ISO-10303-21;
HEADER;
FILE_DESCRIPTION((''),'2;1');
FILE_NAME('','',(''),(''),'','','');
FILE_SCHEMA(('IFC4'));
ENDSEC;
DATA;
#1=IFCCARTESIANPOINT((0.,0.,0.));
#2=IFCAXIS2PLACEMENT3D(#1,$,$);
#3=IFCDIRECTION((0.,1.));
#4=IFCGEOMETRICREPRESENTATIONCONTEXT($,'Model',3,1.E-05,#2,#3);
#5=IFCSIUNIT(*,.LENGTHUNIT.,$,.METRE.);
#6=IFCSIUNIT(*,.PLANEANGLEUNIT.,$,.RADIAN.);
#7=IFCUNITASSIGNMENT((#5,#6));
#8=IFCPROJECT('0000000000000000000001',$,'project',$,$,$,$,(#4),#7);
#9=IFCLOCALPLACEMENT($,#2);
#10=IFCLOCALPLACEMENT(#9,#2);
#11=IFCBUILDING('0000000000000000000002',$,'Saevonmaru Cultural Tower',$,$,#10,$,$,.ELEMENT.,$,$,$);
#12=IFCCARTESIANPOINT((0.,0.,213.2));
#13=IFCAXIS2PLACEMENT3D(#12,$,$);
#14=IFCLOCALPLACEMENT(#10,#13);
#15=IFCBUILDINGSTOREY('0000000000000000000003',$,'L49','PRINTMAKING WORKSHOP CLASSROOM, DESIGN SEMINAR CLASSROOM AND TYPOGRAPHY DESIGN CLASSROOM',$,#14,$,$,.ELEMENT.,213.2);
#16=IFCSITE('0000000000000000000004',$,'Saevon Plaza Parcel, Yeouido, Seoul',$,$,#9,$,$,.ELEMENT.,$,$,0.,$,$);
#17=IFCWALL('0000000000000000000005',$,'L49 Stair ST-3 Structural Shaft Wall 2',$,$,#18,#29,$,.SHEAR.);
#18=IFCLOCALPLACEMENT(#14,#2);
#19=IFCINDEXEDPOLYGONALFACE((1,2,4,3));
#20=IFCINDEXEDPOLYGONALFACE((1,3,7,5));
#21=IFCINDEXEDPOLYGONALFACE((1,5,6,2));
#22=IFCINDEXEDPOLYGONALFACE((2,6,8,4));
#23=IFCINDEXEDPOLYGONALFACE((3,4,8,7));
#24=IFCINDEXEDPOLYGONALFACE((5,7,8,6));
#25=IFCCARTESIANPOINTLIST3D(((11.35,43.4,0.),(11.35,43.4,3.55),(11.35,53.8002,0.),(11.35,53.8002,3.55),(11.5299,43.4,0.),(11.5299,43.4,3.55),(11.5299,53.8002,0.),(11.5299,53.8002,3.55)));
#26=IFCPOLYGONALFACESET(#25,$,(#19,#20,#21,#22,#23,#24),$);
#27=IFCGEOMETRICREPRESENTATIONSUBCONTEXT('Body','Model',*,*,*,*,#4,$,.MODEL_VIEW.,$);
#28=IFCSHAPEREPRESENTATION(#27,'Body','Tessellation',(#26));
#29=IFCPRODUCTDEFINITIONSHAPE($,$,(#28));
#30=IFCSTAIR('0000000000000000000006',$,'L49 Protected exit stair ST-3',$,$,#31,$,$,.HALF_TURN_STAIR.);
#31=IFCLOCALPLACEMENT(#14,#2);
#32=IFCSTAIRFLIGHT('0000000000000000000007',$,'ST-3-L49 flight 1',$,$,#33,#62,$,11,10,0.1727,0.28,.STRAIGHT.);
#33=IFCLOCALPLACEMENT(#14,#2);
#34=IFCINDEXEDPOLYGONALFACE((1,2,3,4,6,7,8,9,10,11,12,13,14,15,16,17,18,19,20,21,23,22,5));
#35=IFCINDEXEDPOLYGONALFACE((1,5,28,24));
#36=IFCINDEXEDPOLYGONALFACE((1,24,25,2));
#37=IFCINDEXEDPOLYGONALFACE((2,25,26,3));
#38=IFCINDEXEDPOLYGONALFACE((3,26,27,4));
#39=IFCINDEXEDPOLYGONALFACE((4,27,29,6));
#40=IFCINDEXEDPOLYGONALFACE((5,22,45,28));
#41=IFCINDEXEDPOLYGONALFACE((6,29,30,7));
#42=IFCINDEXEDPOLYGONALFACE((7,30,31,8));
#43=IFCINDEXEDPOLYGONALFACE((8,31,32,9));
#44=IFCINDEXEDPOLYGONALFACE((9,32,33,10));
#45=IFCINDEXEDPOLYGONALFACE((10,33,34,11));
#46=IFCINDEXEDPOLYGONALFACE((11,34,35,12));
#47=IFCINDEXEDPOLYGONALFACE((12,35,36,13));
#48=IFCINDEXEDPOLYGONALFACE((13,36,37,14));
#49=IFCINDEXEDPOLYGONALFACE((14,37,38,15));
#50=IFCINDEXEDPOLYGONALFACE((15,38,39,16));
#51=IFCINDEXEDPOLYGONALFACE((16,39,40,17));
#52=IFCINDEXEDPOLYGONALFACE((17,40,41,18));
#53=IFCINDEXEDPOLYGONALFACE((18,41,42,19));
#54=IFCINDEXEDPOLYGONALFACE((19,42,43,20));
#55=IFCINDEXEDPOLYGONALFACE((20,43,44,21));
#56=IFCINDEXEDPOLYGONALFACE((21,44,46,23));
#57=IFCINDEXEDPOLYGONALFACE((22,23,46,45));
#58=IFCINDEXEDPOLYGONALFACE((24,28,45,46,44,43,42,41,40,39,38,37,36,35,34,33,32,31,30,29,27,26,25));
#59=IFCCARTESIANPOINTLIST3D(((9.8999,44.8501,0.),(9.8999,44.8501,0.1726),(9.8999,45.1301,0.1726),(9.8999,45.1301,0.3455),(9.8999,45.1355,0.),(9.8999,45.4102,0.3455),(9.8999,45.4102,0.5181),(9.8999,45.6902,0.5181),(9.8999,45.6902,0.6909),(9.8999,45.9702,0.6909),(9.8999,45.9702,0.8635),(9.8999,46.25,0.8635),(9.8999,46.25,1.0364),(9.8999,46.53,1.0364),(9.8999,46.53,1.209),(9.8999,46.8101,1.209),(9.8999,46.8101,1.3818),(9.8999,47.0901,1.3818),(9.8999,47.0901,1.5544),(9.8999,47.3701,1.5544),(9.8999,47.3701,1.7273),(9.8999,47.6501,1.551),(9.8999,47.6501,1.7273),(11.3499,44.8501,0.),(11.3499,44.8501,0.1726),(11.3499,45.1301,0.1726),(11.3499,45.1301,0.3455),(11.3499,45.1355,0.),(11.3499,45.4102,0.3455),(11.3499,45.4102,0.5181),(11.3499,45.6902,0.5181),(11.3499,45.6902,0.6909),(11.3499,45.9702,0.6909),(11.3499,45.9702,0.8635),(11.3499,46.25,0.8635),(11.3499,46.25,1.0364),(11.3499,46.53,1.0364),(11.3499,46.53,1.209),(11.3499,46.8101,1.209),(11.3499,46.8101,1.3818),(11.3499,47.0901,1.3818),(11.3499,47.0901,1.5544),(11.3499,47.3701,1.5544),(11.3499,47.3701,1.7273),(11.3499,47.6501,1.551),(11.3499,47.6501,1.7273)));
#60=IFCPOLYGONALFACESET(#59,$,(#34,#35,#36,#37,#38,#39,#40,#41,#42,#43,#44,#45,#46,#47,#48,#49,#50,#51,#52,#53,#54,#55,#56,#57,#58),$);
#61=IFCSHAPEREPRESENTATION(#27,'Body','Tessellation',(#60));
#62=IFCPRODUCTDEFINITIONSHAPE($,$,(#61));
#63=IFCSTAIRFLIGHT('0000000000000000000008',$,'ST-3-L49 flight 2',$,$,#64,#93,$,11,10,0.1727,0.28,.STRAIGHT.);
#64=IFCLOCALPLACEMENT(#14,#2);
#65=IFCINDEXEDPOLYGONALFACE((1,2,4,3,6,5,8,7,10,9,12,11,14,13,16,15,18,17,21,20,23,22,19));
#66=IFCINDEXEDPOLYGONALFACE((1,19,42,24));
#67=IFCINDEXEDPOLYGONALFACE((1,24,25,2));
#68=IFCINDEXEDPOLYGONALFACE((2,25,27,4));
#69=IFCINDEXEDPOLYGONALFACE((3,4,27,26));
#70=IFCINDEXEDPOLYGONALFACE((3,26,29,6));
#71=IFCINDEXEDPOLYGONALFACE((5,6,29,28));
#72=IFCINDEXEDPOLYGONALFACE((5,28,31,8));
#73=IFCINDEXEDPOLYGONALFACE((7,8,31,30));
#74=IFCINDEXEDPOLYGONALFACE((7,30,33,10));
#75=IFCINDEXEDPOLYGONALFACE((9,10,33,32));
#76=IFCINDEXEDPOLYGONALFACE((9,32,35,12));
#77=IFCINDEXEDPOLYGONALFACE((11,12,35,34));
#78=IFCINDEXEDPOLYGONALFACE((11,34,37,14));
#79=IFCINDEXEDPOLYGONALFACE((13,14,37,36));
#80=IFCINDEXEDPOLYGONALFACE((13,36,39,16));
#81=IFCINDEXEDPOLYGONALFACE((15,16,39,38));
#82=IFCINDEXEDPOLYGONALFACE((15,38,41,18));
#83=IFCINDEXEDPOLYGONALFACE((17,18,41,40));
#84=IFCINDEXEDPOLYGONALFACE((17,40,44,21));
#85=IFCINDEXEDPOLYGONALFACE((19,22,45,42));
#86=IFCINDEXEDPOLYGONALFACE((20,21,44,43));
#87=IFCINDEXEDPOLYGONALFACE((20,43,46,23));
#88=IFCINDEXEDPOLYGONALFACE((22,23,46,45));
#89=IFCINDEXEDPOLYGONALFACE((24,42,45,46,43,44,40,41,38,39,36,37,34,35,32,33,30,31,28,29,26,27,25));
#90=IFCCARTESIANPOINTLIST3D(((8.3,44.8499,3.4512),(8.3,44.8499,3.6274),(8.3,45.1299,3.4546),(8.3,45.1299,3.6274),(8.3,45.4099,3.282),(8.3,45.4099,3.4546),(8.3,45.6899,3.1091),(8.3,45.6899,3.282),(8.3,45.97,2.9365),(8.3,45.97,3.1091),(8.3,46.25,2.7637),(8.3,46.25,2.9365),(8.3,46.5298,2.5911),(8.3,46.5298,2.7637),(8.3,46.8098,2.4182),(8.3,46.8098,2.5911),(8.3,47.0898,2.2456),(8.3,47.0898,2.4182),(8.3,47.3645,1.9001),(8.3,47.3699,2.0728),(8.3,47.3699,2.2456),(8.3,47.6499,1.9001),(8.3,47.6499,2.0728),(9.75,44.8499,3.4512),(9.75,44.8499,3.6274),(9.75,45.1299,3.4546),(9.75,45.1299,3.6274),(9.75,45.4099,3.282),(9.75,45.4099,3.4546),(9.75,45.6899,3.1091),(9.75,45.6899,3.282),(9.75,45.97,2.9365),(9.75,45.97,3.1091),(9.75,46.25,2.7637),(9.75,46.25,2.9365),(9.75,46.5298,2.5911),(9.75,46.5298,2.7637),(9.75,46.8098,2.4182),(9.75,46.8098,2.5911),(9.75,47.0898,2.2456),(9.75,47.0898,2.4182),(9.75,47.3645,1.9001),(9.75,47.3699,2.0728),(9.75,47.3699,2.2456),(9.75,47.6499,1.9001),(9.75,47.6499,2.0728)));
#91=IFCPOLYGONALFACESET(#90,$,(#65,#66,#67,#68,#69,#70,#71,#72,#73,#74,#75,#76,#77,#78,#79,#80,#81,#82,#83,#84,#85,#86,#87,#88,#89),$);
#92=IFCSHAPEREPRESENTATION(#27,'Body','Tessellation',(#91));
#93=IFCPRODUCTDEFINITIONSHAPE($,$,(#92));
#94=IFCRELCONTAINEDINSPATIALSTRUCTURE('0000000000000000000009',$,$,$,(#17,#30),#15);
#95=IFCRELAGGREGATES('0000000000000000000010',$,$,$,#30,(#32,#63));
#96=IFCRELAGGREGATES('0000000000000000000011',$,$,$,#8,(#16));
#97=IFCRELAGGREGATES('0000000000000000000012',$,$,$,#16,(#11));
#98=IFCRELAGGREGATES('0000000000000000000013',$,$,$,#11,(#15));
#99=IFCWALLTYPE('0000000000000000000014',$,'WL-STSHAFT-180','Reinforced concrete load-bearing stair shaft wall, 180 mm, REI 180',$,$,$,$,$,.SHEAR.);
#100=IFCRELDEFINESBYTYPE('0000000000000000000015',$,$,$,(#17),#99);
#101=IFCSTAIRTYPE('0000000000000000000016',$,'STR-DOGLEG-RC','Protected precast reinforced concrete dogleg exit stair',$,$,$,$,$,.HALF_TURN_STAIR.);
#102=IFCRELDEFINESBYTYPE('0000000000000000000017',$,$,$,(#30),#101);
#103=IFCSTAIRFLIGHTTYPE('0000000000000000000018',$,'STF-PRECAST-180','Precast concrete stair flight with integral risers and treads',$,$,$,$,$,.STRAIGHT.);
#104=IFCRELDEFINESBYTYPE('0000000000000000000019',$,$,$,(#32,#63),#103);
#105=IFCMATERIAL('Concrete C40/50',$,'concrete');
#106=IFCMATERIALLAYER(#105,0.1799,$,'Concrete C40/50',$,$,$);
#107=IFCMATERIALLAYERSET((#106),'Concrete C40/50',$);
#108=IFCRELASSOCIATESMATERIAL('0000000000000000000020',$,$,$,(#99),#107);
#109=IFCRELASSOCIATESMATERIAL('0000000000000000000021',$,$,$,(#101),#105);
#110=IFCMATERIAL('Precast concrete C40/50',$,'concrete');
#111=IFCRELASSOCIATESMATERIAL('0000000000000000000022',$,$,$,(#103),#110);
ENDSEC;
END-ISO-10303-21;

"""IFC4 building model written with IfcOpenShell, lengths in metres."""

from ifc_helpers import new_model, si_unit, direction, frame, frame_2d, origin, place, context, subcontext, project, spatial, polyline, rectangle, outline, extrude, material, layer, layer_set, type_object, element, aggregate, save


model = new_model("IFC4")

# Units and contexts
model_context = context("Model", 3, precision=1e-05, world=origin(), true_north=direction((0.0, 1.0)))
body_context = subcontext(model_context, "Body", "Model", "MODEL_VIEW")
ifc_project = project(units=[si_unit("LENGTHUNIT", "METRE"), si_unit("PLANEANGLEUNIT", "RADIAN")], contexts=[model_context])

# Site, building, storey
site_placement = place(None, origin())
site = spatial("IfcSite", under=ifc_project, at=site_placement, Name="Saevon Plaza Parcel, Yeouido, Seoul", CompositionType="ELEMENT", RefElevation=0.0)
building_placement = place(site_placement, origin())
building = spatial("IfcBuilding", under=site, at=building_placement, Name="Saevonmaru Cultural Tower", CompositionType="ELEMENT")
storey_placement = place(building_placement, frame((0.0, 0.0, 213.2)))
storey = spatial("IfcBuildingStorey", under=building, at=storey_placement, Name="L49", Description="PRINTMAKING WORKSHOP CLASSROOM, DESIGN SEMINAR CLASSROOM AND TYPOGRAPHY DESIGN CLASSROOM", CompositionType="ELEMENT", Elevation=213.2)

# Shared definitions
ifc_material_1 = material(Name="Concrete C40/50", Category="concrete")
ifc_layer_1 = layer(ifc_material_1, 0.1799, Name="Concrete C40/50")
ifc_layer_set_1 = layer_set([ifc_layer_1], Name="Concrete C40/50")
wall_type_1 = type_object("IfcWallType", Name="WL-STSHAFT-180", Description="Reinforced concrete load-bearing stair shaft wall, 180 mm, REI 180", PredefinedType="SHEAR", material=ifc_layer_set_1)

# Wall
wall_1_placement = place(storey_placement, frame((11.4399, 43.3999, 0.0), z_axis=(0.0, 0.0, 1.0), x_axis=(0.0, 1.0, 0.0)))
element("IfcWall", 1, at=wall_1_placement, inside=storey, type_object=wall_type_1, Name="L49 Stair ST-3 Structural Shaft Wall 2", PredefinedType="SHEAR", context=body_context, shape_type="SweptSolid", body=[
    extrude(rectangle(XDim=10.4001, YDim=0.1799, at=frame_2d((5.2002, 0.0))), origin(), (0.0, 0.0, 1.0), 3.55),
])

# Stair, stair flights
stair_type = type_object("IfcStairType", Name="STR-DOGLEG-RC", Description="Protected precast reinforced concrete dogleg exit stair", PredefinedType="HALF_TURN_STAIR", material=ifc_material_1)
stair_placement = place(storey_placement, origin())
stair = element("IfcStair", 2, at=stair_placement, inside=storey, type_object=stair_type, Name="L49 Protected exit stair ST-3", PredefinedType="HALF_TURN_STAIR")
ifc_material_2 = material(Name="Precast concrete C40/50", Category="concrete")
stair_flight_type = type_object("IfcStairFlightType", Name="STF-PRECAST-180", Description="Precast concrete stair flight with integral risers and treads", PredefinedType="STRAIGHT", material=ifc_material_2)
stair_flight_1_placement = place(storey_placement, frame((10.625, 44.8501, 0.0), z_axis=(0.0, 0.0, 1.0), x_axis=(0.0, 1.0, 0.0)))
stair_flight_1 = element("IfcStairFlight", 3, at=stair_flight_1_placement, type_object=stair_flight_type, Name="ST-3-L49 flight 1", NumberOfRisers=11, NumberOfTreads=10, PredefinedType="STRAIGHT", RiserHeight=0.1727, TreadLength=0.28, context=body_context, shape_type="SweptSolid", body=[
    extrude(outline(polyline([(0.0, 0.0), (0.0, 0.1726), (0.28, 0.1726), (0.28, 0.3455), (0.5601, 0.3455), (0.5601, 0.5181), (0.8401, 0.5181), (0.8401, 0.6909), (1.1201, 0.6909), (1.1201, 0.8635), (1.3999, 0.8635), (1.3999, 1.0364), (1.6799, 1.0364), (1.6799, 1.209), (1.96, 1.209), (1.96, 1.3818), (2.24, 1.3818), (2.24, 1.5544), (2.52, 1.5544), (2.52, 1.7273), (2.8, 1.7273), (2.8, 1.8999), (2.8, 1.551), (0.2854, 0.0), (0.0, 0.0)])), frame((0.0, 0.7251, 0.0), z_axis=(0.0, -1.0, 0.0), x_axis=(1.0, 0.0, 0.0)), (0.0, 0.0, 1.0), 1.45),
])
stair_flight_2_placement = place(storey_placement, frame((9.0249, 47.6499, 1.9001), z_axis=(0.0, 0.0, 1.0), x_axis=(0.0, -1.0, 0.0)))
stair_flight_2 = element("IfcStairFlight", 4, at=stair_flight_2_placement, type_object=stair_flight_type, Name="ST-3-L49 flight 2", NumberOfRisers=11, NumberOfTreads=10, PredefinedType="STRAIGHT", RiserHeight=0.1727, TreadLength=0.28, context=body_context, shape_type="SweptSolid", body=[
    extrude(outline(polyline([(0.0, 0.0), (0.0, 0.1726), (0.28, 0.1726), (0.28, 0.3455), (0.5601, 0.3455), (0.5601, 0.5181), (0.8401, 0.5181), (0.8401, 0.6909), (1.1201, 0.6909), (1.1201, 0.8635), (1.3999, 0.8635), (1.3999, 1.0364), (1.6799, 1.0364), (1.6799, 1.209), (1.96, 1.209), (1.96, 1.3818), (2.24, 1.3818), (2.24, 1.5544), (2.52, 1.5544), (2.52, 1.7273), (2.8, 1.7273), (2.8, 1.8999), (2.8, 1.551), (0.2854, 0.0), (0.0, 0.0)])), frame((0.0, 0.7251, 0.0), z_axis=(0.0, -1.0, 0.0), x_axis=(1.0, 0.0, 0.0)), (0.0, 0.0, 1.0), 1.45),
])
aggregate(stair, [stair_flight_1, stair_flight_2])

save(model, "model.ifc")
